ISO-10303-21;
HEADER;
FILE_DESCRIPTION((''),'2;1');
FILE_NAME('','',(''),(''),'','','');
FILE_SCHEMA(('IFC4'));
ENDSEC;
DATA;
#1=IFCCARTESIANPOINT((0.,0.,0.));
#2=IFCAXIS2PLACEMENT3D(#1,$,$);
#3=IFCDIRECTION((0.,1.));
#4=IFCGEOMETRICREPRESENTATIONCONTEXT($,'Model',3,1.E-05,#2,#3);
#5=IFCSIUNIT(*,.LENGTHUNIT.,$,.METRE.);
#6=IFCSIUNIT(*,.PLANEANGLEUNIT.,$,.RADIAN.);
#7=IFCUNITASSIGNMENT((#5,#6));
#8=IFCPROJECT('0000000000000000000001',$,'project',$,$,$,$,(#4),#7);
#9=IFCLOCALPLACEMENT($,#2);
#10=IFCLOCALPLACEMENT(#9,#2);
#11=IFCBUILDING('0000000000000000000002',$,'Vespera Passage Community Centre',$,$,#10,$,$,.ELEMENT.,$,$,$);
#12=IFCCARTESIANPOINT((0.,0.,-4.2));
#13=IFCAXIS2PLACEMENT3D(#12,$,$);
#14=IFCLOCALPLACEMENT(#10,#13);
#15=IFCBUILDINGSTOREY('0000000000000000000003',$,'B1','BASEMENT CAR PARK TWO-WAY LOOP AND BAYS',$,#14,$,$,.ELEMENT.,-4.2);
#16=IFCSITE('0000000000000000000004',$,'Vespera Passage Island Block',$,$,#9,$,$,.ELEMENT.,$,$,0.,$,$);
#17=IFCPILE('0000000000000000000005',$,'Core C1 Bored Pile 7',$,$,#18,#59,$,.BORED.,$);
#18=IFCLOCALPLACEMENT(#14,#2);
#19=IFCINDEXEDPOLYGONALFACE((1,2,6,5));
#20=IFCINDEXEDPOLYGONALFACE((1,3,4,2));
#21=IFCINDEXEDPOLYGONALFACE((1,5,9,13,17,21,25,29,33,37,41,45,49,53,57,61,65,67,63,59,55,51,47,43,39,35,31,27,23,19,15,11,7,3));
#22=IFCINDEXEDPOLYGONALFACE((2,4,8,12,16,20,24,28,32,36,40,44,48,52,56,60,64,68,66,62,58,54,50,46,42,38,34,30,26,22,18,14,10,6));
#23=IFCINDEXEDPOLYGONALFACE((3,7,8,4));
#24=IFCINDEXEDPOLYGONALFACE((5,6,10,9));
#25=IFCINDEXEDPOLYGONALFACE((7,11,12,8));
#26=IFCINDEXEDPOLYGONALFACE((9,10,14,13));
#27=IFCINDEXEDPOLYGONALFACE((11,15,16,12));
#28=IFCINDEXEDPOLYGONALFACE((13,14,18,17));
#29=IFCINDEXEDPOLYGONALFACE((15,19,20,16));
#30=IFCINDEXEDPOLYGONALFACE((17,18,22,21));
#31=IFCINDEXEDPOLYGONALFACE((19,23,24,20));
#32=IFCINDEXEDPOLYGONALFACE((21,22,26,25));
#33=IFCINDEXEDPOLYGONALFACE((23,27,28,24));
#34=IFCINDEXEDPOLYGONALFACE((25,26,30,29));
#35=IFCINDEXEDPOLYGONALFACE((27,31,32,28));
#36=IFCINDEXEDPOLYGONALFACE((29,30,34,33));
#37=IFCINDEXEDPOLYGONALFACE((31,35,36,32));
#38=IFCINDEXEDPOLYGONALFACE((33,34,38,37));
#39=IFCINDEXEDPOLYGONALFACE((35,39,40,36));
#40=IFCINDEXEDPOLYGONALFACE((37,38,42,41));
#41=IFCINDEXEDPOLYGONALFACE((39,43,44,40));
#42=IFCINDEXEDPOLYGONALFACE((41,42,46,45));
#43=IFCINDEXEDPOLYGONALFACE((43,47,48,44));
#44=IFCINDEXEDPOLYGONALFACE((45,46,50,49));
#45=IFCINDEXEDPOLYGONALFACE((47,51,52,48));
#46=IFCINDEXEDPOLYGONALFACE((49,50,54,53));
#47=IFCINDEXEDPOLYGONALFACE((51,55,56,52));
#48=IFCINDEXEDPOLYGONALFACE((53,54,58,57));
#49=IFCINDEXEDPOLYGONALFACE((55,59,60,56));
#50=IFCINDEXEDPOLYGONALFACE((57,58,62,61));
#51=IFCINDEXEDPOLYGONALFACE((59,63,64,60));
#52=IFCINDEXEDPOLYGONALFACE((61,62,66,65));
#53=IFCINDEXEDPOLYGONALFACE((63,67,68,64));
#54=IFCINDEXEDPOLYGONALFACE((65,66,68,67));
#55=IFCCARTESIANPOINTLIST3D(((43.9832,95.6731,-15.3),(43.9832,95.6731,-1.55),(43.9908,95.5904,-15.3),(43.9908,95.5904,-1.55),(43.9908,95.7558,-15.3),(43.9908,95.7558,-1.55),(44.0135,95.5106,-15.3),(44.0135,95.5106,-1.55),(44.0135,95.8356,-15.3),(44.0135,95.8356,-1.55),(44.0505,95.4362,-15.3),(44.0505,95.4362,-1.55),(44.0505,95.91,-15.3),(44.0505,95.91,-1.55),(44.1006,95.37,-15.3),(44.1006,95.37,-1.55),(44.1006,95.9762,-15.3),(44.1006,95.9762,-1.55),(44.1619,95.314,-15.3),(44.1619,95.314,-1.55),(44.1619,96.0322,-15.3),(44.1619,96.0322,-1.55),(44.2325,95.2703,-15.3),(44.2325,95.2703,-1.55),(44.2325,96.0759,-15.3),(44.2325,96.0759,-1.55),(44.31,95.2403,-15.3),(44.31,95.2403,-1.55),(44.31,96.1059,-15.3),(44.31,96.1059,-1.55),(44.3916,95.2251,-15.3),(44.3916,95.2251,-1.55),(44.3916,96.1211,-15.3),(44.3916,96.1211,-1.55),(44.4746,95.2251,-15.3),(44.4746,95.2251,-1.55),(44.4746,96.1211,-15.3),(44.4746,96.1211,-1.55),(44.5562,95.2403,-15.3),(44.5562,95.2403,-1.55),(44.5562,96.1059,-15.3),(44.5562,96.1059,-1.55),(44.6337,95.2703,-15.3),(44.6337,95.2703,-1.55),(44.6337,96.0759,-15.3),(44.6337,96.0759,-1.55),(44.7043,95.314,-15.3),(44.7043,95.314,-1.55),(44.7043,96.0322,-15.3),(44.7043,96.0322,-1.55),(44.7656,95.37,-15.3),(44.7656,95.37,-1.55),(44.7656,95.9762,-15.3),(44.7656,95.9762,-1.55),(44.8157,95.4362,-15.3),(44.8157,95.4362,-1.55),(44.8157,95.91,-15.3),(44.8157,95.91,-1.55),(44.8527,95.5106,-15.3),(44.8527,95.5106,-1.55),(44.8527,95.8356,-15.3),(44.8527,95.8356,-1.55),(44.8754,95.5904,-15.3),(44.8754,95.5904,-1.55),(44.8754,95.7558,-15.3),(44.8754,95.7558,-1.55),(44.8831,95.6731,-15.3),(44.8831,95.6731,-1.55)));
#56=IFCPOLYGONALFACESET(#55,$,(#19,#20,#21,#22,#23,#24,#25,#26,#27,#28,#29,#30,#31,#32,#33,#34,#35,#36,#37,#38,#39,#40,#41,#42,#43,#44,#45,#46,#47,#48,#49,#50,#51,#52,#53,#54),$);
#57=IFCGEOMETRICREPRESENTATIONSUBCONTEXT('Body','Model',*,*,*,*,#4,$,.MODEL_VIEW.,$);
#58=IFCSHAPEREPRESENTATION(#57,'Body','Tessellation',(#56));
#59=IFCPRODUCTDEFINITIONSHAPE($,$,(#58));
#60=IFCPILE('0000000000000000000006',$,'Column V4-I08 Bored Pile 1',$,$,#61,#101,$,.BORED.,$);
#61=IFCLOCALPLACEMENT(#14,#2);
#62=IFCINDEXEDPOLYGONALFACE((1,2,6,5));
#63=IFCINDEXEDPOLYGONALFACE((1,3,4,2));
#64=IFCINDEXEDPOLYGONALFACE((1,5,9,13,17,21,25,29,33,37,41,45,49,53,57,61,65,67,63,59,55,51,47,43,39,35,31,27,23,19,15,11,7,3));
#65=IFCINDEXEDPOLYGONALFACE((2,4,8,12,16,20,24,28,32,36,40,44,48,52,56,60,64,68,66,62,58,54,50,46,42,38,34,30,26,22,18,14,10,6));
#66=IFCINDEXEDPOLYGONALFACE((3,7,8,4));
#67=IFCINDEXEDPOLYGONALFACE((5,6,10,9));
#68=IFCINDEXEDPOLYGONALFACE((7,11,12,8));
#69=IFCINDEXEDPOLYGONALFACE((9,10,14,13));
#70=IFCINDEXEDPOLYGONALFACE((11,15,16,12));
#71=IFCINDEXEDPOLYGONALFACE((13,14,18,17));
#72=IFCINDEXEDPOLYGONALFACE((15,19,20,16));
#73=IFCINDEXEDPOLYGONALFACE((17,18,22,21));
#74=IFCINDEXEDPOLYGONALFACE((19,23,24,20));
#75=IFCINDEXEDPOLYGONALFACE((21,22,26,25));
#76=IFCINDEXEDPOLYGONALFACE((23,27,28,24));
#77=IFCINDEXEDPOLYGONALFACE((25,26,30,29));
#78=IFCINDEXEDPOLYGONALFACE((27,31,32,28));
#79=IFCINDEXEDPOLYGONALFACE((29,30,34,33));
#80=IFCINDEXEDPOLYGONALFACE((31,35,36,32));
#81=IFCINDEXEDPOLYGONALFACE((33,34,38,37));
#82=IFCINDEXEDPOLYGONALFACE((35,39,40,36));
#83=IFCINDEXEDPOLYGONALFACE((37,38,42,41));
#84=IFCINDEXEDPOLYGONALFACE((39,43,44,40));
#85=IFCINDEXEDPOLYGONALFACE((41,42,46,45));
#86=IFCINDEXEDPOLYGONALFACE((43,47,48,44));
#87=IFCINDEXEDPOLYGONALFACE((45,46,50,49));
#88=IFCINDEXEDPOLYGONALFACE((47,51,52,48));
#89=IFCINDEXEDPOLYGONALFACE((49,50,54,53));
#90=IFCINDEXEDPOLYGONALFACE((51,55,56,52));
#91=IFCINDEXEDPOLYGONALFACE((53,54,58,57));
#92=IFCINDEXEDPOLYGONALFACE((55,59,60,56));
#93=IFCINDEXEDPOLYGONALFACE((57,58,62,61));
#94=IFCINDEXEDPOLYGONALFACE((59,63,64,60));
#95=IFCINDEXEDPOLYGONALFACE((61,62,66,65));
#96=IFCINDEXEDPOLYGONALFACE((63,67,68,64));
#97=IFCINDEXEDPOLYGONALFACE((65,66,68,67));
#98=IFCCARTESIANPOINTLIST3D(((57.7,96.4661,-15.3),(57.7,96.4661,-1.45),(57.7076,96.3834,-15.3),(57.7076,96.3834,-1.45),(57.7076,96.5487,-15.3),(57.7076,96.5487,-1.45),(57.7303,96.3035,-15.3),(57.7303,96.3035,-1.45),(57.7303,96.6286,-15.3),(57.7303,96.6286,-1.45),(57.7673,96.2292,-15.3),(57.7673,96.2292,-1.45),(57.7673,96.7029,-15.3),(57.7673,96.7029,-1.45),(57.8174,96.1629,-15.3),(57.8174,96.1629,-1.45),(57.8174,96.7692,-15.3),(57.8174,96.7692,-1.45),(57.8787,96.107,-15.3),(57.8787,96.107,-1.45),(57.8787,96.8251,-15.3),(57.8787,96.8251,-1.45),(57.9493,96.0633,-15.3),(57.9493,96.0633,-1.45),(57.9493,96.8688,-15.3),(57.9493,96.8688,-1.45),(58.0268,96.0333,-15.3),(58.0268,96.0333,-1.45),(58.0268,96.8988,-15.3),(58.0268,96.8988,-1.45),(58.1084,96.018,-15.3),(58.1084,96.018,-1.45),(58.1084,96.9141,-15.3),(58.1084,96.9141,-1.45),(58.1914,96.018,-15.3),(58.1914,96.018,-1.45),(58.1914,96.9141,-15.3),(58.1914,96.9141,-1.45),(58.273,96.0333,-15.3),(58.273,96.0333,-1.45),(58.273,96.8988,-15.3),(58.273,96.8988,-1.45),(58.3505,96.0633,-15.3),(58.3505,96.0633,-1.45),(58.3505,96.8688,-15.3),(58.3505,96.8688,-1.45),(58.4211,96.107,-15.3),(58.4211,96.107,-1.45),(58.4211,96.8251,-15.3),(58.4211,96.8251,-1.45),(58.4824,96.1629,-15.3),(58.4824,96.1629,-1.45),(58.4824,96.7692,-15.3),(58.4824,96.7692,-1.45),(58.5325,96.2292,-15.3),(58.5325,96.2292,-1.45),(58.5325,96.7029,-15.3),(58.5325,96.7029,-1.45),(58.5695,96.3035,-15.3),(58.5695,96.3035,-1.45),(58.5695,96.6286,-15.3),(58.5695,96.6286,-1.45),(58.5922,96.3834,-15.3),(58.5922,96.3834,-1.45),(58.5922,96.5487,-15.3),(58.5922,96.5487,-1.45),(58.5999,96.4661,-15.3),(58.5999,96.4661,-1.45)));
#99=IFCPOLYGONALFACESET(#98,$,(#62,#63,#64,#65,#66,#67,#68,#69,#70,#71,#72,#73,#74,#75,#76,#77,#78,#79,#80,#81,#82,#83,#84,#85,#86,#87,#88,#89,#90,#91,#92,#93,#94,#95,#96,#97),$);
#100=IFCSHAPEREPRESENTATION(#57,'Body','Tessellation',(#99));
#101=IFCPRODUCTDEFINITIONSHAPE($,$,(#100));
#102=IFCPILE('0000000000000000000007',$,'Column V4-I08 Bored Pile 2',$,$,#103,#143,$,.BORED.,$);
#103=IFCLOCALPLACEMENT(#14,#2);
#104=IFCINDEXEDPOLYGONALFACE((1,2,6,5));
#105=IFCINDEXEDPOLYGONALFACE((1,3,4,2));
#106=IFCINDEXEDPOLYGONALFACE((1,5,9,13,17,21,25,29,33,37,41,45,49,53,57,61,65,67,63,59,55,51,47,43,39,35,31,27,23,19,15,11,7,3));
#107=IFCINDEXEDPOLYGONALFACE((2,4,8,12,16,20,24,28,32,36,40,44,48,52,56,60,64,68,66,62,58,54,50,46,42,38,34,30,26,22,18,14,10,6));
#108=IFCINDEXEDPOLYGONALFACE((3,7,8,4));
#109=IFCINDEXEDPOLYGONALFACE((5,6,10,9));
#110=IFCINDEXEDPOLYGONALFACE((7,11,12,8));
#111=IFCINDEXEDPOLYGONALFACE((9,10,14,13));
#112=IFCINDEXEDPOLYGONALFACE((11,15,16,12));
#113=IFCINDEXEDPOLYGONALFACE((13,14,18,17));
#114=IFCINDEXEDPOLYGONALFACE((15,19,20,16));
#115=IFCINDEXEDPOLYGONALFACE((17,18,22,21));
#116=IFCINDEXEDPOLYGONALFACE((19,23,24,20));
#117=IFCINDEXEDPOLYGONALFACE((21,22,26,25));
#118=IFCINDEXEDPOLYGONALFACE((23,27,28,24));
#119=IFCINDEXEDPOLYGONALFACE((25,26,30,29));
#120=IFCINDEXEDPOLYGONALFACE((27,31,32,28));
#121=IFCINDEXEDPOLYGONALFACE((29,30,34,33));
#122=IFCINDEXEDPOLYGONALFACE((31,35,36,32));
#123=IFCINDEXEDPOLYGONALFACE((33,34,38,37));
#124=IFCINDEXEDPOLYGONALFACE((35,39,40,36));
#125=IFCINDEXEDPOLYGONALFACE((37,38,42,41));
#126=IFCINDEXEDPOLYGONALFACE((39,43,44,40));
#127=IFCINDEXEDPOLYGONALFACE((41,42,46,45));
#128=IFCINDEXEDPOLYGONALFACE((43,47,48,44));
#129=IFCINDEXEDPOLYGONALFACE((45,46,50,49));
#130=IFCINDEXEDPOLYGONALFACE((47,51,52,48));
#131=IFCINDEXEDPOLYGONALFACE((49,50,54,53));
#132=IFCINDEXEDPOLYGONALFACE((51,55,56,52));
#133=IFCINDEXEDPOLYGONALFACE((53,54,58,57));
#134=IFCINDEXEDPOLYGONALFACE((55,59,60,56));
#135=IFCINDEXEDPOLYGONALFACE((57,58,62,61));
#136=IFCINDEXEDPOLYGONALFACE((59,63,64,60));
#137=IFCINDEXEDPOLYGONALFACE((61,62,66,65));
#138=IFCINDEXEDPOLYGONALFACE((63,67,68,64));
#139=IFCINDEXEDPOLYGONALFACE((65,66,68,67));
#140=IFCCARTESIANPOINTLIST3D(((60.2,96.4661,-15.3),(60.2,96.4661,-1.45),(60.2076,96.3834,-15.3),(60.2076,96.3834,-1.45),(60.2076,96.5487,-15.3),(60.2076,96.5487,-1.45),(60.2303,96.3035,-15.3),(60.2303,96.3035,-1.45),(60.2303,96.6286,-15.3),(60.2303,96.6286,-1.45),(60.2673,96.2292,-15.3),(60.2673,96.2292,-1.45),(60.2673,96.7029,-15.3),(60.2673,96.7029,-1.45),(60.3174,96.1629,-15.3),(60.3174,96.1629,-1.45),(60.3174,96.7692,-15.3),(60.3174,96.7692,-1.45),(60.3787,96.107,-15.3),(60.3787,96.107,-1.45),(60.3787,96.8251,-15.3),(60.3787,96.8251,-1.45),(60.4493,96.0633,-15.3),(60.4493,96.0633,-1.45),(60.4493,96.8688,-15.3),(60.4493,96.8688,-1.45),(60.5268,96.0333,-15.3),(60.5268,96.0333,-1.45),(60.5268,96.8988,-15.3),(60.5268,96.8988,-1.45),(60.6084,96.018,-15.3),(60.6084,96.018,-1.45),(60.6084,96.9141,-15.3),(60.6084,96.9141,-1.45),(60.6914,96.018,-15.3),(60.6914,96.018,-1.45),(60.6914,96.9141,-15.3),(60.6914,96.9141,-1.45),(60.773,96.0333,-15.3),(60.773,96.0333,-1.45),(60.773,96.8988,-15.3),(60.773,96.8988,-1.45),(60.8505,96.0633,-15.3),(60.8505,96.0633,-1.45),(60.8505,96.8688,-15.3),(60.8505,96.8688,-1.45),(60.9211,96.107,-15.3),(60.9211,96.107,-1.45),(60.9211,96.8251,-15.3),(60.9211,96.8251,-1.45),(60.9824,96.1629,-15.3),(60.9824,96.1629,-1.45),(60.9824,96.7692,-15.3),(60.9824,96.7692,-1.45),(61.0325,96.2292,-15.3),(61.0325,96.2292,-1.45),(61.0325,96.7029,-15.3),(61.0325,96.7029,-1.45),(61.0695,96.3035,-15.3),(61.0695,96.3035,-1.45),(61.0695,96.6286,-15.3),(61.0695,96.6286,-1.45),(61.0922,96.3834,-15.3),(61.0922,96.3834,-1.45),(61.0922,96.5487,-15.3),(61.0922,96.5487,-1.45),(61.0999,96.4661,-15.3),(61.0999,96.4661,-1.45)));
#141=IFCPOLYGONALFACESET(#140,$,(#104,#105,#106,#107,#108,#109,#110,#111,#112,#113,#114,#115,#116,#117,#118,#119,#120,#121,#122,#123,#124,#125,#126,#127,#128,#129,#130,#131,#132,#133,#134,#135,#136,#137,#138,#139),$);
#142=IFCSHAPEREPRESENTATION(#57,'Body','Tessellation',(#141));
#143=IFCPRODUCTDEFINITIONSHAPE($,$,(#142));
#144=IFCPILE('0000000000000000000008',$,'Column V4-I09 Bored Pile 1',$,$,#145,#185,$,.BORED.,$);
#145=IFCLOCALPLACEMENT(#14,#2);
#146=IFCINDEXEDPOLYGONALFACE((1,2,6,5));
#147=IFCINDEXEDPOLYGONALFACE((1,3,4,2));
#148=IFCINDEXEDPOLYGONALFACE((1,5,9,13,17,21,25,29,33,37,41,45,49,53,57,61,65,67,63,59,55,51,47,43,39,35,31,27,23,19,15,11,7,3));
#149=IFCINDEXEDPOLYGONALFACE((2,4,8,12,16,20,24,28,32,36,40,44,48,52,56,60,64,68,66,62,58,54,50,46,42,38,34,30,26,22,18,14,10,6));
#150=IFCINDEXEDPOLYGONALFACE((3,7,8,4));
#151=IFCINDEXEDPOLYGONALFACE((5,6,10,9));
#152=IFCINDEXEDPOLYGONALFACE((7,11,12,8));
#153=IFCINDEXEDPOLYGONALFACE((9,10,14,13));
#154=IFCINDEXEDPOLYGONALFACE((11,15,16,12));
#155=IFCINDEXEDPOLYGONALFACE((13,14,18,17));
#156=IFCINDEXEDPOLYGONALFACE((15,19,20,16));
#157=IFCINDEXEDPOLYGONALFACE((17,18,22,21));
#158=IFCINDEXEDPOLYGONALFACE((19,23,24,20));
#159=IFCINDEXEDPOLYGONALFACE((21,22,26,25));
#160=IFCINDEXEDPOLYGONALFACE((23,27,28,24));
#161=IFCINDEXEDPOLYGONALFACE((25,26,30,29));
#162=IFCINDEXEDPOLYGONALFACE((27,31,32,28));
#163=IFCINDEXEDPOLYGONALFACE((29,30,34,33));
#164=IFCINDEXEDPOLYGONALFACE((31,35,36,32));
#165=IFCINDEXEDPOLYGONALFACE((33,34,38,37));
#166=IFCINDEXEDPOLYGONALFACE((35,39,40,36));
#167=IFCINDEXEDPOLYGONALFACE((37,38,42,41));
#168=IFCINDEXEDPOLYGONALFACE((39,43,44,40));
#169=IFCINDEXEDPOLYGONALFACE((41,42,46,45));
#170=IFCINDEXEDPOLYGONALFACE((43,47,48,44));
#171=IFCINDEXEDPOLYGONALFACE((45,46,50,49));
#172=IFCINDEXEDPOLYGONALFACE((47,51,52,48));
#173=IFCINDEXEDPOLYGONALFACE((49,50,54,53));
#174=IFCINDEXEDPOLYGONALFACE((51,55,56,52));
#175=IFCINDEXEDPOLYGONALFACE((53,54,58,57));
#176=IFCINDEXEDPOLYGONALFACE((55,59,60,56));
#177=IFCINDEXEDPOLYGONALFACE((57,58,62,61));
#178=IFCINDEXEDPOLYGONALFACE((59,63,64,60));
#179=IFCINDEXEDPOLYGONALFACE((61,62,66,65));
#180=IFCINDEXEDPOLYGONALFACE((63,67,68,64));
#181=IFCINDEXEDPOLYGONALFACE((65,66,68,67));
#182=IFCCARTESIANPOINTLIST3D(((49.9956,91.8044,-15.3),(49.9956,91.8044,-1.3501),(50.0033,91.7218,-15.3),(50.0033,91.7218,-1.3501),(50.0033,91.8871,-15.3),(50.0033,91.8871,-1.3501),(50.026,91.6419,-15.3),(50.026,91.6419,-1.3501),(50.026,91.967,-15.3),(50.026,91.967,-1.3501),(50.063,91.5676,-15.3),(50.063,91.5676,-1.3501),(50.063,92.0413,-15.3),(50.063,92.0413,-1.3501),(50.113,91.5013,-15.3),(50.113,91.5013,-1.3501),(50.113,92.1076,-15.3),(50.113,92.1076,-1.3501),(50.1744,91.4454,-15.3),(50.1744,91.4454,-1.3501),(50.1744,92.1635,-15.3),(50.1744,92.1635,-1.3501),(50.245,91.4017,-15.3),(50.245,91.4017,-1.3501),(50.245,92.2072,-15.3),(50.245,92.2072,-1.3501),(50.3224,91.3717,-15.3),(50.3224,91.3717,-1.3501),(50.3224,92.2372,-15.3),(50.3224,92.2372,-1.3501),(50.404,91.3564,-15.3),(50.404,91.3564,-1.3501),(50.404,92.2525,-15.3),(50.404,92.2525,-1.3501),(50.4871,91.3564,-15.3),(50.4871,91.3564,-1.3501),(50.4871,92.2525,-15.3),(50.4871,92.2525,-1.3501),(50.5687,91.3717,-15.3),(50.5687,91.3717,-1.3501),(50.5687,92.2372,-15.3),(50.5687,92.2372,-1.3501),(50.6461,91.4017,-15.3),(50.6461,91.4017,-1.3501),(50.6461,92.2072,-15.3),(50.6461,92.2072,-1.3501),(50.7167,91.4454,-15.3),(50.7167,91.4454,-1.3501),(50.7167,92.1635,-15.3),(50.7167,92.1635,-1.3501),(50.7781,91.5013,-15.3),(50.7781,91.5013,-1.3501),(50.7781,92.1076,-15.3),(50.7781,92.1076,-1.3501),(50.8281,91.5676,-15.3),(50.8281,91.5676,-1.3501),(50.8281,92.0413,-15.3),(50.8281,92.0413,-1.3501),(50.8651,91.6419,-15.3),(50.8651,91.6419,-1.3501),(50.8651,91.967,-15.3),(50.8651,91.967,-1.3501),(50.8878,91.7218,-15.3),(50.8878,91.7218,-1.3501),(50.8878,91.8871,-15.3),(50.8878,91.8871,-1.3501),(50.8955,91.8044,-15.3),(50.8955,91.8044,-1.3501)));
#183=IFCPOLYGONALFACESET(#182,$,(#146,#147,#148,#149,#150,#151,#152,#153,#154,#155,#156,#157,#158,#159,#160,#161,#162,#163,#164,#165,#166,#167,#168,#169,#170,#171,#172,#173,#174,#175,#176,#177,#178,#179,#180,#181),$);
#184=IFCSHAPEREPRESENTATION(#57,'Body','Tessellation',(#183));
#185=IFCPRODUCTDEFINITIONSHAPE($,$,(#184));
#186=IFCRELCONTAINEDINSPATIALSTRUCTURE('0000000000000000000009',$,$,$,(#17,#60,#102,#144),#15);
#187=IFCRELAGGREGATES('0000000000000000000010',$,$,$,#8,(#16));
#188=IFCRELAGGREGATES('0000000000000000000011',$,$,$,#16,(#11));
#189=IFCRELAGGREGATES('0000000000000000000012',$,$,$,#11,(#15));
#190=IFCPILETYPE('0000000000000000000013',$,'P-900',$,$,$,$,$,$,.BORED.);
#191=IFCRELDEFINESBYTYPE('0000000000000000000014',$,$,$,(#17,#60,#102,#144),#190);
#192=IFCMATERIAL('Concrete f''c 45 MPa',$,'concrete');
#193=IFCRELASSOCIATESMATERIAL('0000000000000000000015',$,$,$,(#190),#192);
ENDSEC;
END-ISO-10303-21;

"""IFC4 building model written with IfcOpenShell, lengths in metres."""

from ifc_helpers import new_model, si_unit, direction, frame, origin, origin_2d, place, context, subcontext, project, spatial, circle, extrude, material, material_profile, profile_set, type_object, element, save


model = new_model("IFC4")

# Units and contexts
model_context = context("Model", 3, precision=1e-05, world=origin(), true_north=direction((0.0, 1.0)))
body_context = subcontext(model_context, "Body", "Model", "MODEL_VIEW")
ifc_project = project(units=[si_unit("LENGTHUNIT", "METRE"), si_unit("PLANEANGLEUNIT", "RADIAN")], contexts=[model_context])

# Site, building, storey
site_placement = place(None, origin())
site = spatial("IfcSite", under=ifc_project, at=site_placement, Name="Vespera Passage Island Block", CompositionType="ELEMENT", RefElevation=0.0)
building_placement = place(site_placement, origin())
building = spatial("IfcBuilding", under=site, at=building_placement, Name="Vespera Passage Community Centre", CompositionType="ELEMENT")
storey_placement = place(building_placement, frame((0.0, 0.0, -4.2)))
storey = spatial("IfcBuildingStorey", under=building, at=storey_placement, Name="B1", Description="BASEMENT CAR PARK TWO-WAY LOOP AND BAYS", CompositionType="ELEMENT", Elevation=-4.2)

# Piles
ifc_material_1 = material(Name="Concrete f'c 45 MPa", Category="concrete")
ifc_material_profile_1 = material_profile(ifc_material_1, circle(Radius=0.45, at=origin_2d()), Name="PILE900DIA")
ifc_profile_set_1 = profile_set([ifc_material_profile_1], Name="Concrete f'c 45 MPa")
pile_type_1 = type_object("IfcPileType", Name="P-900", PredefinedType="BORED", material=ifc_profile_set_1)
for number, where, z_axis, x_axis, name in (
    (1, (44.4331, 95.6731, -1.55), (0.0, 0.0, -1.0), (1.0, 0.0, 0.0), "Core C1 Bored Pile 7"),
):
    element("IfcPile", number, at=place(storey_placement, frame(where, z_axis=z_axis, x_axis=x_axis)), inside=storey, type_object=pile_type_1, Name=name, PredefinedType="BORED", context=body_context, shape_type="SweptSolid", body=[
        extrude(circle(Radius=0.45, at=origin_2d()), origin(), (0.0, 0.0, 1.0), 13.75),
    ])
for number, where, z_axis, x_axis, name in (
    (2, (58.1499, 96.4661, -1.45), (0.0, 0.0, -1.0), (1.0, 0.0, 0.0), "Column V4-I08 Bored Pile 1"),
    (3, (60.6499, 96.4661, -1.45), (0.0, 0.0, -1.0), (1.0, 0.0, 0.0), "Column V4-I08 Bored Pile 2"),
):
    element("IfcPile", number, at=place(storey_placement, frame(where, z_axis=z_axis, x_axis=x_axis)), inside=storey, type_object=pile_type_1, Name=name, PredefinedType="BORED", context=body_context, shape_type="SweptSolid", body=[
        extrude(circle(Radius=0.45, at=origin_2d()), origin(), (0.0, 0.0, 1.0), 13.8501),
    ])
for number, where, z_axis, x_axis, name in (
    (4, (50.4456, 91.8044, -1.3501), (0.0, 0.0, -1.0), (1.0, 0.0, 0.0), "Column V4-I09 Bored Pile 1"),
):
    element("IfcPile", number, at=place(storey_placement, frame(where, z_axis=z_axis, x_axis=x_axis)), inside=storey, type_object=pile_type_1, Name=name, PredefinedType="BORED", context=body_context, shape_type="SweptSolid", body=[
        extrude(circle(Radius=0.45, at=origin_2d()), origin(), (0.0, 0.0, 1.0), 13.95),
    ])

save(model, "model.ifc")
